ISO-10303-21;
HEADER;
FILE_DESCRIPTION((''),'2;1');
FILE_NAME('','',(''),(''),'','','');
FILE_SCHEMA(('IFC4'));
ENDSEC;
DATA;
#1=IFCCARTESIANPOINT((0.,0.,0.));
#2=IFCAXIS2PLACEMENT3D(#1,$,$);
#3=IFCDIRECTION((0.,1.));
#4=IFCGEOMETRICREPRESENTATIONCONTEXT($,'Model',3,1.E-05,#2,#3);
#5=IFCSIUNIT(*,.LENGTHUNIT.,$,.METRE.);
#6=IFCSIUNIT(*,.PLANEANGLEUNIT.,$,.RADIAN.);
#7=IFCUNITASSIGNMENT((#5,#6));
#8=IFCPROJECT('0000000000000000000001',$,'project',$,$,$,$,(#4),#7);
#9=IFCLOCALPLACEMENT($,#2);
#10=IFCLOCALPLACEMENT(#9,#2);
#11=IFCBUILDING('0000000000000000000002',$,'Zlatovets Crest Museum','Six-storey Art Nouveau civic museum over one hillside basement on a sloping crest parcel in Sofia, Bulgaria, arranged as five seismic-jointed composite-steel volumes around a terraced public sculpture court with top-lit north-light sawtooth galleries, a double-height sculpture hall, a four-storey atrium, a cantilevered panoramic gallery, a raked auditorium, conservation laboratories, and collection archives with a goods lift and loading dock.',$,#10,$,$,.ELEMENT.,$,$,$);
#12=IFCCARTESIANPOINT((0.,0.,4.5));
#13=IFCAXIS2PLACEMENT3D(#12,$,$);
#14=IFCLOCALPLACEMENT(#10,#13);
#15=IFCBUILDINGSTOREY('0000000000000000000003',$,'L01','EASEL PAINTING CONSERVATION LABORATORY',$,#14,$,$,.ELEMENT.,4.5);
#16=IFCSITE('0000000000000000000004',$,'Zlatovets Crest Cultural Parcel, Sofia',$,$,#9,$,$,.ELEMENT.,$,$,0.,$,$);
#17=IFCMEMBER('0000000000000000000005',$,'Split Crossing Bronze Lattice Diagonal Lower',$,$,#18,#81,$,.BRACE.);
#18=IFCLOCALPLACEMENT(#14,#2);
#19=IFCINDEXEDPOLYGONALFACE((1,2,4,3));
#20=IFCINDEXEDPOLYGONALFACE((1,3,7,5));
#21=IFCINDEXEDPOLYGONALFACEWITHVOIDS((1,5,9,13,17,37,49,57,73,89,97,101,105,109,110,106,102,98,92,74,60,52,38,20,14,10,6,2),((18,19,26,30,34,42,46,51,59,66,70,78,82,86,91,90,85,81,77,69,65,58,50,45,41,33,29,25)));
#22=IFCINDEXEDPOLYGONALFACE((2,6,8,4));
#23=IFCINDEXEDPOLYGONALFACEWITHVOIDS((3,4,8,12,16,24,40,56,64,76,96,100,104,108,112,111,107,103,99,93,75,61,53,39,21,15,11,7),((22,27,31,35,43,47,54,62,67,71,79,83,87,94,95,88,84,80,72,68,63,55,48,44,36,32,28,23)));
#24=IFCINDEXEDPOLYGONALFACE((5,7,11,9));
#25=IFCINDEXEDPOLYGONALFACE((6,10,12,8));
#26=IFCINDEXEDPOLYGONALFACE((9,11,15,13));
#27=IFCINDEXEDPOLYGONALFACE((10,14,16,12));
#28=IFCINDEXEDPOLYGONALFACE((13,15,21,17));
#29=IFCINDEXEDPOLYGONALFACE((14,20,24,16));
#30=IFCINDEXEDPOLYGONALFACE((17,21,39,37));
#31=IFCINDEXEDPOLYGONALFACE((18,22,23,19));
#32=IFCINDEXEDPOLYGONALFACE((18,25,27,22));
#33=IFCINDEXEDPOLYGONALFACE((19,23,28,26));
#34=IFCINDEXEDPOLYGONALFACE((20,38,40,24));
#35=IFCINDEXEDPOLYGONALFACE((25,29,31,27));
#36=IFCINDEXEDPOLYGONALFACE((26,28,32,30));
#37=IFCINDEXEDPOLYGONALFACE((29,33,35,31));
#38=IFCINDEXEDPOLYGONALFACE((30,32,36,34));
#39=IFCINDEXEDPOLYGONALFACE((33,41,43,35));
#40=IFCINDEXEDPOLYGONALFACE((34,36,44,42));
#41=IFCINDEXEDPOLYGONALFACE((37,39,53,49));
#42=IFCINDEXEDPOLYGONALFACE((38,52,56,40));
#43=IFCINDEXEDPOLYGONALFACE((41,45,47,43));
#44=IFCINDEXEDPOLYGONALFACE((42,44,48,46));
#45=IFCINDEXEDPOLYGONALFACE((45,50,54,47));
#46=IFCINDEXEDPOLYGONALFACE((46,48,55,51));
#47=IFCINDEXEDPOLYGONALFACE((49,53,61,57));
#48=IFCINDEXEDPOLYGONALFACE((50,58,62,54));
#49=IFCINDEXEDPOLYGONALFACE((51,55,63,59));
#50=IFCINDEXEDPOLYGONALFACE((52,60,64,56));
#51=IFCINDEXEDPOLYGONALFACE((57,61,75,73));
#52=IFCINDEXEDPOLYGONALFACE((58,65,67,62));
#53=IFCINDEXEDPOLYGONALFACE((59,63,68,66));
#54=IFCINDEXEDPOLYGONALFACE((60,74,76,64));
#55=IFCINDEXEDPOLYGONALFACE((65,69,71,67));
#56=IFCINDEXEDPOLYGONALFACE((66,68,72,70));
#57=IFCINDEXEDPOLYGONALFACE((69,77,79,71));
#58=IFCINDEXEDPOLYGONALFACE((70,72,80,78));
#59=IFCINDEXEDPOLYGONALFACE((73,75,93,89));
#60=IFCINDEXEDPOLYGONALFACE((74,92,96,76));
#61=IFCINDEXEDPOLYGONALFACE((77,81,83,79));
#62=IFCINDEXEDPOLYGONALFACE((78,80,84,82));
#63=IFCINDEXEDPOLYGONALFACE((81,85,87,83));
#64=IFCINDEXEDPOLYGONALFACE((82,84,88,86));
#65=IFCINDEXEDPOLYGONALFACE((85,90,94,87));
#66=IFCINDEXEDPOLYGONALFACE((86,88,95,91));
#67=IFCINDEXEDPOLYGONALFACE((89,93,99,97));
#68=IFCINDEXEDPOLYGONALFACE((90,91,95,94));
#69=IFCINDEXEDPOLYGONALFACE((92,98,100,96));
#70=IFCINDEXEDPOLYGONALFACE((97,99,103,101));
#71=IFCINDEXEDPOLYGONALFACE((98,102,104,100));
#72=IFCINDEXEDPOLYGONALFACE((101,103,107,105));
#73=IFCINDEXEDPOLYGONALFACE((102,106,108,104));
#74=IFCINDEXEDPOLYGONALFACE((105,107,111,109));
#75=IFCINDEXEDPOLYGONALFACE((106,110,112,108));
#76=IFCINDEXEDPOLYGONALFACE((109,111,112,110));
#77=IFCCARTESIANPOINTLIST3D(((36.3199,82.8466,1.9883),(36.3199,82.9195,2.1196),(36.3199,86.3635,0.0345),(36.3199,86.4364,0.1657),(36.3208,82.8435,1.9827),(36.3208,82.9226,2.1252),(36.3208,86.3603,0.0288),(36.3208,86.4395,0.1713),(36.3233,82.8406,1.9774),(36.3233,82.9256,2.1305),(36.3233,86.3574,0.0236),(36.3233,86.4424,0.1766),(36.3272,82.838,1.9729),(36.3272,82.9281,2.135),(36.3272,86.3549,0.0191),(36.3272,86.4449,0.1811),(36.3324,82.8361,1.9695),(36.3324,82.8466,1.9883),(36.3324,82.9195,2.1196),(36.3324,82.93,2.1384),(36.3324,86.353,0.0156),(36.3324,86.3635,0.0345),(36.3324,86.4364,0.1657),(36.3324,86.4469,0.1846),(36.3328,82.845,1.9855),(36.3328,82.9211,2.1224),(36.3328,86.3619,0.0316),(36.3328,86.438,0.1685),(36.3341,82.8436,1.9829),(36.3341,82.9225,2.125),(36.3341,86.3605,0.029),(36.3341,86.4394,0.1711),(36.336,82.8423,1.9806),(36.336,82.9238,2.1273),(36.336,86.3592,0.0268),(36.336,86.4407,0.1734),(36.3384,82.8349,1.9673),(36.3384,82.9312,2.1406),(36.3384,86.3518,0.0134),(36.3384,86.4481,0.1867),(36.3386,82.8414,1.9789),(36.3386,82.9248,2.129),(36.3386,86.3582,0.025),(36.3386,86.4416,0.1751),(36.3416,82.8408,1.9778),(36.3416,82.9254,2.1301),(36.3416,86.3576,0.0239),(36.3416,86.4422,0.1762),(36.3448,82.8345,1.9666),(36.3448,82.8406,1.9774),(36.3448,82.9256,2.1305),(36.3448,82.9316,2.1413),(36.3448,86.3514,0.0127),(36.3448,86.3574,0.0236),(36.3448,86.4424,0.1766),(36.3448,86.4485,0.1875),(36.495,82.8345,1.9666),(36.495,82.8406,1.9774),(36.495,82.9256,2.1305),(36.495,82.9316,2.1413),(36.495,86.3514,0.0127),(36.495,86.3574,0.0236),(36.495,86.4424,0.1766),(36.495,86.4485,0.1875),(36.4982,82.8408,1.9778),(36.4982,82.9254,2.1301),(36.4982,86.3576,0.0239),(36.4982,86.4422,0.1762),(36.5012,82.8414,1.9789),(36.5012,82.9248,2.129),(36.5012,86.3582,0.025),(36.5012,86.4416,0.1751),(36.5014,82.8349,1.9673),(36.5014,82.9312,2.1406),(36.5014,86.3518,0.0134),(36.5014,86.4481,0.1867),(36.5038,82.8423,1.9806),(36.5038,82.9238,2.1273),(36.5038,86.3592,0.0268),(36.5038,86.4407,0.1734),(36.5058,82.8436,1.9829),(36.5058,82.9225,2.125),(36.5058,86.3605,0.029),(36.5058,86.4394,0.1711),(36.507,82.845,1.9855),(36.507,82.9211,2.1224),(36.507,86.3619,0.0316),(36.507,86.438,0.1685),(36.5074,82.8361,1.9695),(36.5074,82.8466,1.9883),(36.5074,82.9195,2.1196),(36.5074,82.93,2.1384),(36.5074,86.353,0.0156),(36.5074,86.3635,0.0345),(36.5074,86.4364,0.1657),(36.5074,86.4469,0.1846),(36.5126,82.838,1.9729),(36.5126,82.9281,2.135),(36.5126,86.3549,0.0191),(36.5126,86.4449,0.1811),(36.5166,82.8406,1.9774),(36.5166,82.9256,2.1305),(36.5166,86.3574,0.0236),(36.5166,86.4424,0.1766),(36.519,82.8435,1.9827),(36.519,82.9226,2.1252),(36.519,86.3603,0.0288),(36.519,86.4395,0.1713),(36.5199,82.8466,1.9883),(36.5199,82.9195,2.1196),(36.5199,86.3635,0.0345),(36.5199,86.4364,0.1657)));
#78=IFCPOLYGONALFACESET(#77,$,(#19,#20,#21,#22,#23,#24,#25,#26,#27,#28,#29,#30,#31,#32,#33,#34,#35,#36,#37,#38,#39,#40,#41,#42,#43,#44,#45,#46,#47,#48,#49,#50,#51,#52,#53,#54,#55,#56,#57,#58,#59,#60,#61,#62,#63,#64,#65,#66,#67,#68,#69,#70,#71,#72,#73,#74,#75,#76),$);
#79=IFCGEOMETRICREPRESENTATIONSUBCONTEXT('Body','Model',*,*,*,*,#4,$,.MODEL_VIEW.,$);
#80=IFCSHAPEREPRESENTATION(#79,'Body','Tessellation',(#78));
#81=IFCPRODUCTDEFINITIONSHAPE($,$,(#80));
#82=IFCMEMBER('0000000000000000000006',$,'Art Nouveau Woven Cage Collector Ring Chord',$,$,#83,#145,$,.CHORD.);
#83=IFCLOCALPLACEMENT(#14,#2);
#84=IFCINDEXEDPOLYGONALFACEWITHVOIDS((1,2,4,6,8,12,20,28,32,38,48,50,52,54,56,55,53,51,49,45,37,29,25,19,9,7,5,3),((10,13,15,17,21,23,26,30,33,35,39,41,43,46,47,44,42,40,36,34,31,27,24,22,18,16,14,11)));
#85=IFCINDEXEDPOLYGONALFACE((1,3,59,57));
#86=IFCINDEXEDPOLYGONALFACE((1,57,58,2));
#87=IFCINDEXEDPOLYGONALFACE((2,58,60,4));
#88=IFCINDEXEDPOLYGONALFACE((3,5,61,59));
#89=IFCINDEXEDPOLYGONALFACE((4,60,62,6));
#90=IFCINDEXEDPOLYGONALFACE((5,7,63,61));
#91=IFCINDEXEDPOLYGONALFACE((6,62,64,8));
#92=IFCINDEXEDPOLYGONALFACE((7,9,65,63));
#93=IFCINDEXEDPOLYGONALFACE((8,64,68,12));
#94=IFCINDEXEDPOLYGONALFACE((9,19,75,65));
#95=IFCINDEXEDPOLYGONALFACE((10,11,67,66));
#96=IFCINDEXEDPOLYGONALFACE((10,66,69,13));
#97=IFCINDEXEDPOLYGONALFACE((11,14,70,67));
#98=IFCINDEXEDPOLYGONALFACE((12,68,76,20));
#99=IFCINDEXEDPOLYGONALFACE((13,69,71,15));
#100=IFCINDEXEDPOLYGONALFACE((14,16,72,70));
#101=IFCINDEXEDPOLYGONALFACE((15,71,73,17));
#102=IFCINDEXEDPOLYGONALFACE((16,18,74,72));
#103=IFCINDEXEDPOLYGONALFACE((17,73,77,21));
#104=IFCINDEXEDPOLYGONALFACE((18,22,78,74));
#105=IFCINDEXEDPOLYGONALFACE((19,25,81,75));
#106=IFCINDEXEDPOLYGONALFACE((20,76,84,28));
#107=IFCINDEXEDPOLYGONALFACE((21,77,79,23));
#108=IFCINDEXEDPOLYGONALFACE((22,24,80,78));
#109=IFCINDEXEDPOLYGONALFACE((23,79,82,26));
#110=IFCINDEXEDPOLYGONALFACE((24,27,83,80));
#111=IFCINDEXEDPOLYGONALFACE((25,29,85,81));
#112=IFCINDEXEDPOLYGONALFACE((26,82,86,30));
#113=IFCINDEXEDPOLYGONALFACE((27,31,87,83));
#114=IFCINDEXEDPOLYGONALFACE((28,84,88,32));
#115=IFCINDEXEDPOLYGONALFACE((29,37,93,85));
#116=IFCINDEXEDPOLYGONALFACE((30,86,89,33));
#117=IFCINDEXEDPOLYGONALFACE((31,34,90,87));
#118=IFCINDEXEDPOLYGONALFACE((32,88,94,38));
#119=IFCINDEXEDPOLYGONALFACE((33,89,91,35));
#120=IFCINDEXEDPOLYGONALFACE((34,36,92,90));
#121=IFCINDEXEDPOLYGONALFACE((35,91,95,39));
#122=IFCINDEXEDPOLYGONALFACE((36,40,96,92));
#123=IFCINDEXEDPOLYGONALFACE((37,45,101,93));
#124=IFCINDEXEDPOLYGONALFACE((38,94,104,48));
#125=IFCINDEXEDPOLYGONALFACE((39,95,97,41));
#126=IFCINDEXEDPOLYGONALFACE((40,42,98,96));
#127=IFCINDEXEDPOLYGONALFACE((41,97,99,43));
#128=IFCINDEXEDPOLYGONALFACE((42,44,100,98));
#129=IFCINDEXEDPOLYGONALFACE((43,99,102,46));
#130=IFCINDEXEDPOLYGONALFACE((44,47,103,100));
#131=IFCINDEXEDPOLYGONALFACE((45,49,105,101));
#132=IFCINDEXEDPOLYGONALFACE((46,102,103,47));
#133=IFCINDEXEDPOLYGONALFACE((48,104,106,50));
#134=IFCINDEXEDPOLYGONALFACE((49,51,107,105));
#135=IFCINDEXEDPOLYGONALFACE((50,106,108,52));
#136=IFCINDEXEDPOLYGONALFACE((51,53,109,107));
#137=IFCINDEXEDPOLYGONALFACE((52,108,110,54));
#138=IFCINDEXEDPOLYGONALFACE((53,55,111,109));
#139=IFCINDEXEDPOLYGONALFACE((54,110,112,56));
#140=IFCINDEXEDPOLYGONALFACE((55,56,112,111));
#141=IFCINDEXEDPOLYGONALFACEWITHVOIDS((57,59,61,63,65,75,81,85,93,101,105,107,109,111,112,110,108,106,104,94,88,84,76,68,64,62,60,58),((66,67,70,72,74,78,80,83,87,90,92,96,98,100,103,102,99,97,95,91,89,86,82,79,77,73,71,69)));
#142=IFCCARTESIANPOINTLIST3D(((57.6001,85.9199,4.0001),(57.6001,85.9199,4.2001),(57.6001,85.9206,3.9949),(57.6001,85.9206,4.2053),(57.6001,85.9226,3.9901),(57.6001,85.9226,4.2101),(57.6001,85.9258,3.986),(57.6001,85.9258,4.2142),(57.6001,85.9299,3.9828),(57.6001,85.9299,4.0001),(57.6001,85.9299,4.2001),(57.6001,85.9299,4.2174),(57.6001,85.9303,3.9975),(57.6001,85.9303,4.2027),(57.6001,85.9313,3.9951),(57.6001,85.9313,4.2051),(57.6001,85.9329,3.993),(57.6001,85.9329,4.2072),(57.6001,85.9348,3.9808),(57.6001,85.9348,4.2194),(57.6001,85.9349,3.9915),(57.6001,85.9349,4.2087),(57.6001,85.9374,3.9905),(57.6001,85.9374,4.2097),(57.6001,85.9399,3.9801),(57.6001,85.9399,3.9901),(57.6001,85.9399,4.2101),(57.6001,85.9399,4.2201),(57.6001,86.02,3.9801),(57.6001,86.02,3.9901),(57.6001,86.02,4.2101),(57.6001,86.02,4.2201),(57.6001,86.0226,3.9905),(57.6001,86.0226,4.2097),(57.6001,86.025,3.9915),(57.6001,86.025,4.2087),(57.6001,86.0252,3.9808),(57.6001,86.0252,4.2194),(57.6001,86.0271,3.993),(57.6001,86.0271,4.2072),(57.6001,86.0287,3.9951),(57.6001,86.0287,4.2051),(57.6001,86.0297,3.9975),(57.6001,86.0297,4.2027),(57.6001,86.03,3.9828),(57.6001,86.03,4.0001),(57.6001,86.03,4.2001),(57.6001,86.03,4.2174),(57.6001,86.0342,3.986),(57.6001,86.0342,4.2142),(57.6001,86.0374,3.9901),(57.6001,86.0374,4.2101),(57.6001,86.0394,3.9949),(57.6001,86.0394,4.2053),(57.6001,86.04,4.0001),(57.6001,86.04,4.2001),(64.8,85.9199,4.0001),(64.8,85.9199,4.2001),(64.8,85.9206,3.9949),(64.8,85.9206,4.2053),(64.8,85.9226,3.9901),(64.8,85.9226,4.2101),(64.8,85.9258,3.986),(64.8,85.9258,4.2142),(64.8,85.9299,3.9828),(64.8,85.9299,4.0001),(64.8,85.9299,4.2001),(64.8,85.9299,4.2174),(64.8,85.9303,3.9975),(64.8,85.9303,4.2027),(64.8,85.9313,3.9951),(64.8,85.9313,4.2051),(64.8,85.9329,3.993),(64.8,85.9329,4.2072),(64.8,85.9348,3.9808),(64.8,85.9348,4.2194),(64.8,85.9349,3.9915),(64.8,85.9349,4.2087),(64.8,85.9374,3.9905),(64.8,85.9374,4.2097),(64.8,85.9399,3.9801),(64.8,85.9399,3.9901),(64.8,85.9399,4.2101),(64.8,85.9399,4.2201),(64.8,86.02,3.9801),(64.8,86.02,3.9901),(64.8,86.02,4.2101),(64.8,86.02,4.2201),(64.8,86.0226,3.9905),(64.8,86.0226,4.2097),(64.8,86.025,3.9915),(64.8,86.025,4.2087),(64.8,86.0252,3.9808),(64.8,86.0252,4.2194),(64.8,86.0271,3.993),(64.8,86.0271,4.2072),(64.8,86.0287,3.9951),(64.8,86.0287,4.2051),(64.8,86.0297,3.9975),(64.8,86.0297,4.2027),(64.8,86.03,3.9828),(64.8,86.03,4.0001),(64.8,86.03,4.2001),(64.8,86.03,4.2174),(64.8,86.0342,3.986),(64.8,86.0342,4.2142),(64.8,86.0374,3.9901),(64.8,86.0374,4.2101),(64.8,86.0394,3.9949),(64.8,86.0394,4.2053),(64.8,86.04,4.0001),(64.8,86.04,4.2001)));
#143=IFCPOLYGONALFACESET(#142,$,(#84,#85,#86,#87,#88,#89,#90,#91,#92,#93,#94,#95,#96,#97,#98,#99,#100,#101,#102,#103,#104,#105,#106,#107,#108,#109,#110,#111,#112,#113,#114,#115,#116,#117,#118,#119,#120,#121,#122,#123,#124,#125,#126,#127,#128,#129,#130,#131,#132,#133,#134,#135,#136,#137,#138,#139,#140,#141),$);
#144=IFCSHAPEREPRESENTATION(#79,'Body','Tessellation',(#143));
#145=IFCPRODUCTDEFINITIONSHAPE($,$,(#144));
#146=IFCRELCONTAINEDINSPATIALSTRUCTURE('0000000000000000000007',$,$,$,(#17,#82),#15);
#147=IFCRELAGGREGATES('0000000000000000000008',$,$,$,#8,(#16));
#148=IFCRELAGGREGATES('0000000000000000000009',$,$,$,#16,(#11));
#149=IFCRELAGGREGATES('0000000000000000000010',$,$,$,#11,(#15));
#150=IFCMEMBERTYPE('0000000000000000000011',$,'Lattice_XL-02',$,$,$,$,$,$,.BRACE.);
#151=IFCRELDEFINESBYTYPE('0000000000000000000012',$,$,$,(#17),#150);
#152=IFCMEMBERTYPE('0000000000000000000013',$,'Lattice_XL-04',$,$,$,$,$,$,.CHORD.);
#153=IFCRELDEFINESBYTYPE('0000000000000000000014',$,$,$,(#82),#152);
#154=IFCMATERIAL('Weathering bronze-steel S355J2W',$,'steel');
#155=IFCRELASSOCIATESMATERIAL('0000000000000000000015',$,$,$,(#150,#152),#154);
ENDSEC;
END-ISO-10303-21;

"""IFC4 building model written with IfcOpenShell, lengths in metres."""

from ifc_helpers import new_model, si_unit, direction, frame, origin, origin_2d, place, context, subcontext, project, spatial, hollow_rectangle, extrude, material, material_profile, profile_set, type_object, element, save


model = new_model("IFC4")

# Units and contexts
model_context = context("Model", 3, precision=1e-05, world=origin(), true_north=direction((0.0, 1.0)))
body_context = subcontext(model_context, "Body", "Model", "MODEL_VIEW")
ifc_project = project(units=[si_unit("LENGTHUNIT", "METRE"), si_unit("PLANEANGLEUNIT", "RADIAN")], contexts=[model_context])

# Site, building, storey
site_placement = place(None, origin())
site = spatial("IfcSite", under=ifc_project, at=site_placement, Name="Zlatovets Crest Cultural Parcel, Sofia", CompositionType="ELEMENT", RefElevation=0.0)
building_placement = place(site_placement, origin())
building = spatial("IfcBuilding", under=site, at=building_placement, Name="Zlatovets Crest Museum", Description="Six-storey Art Nouveau civic museum over one hillside basement on a sloping crest parcel in Sofia, Bulgaria, arranged as five seismic-jointed composite-steel volumes around a terraced public sculpture court with top-lit north-light sawtooth galleries, a double-height sculpture hall, a four-storey atrium, a cantilevered panoramic gallery, a raked auditorium, conservation laboratories, and collection archives with a goods lift and loading dock.", CompositionType="ELEMENT")
storey_placement = place(building_placement, frame((0.0, 0.0, 4.5)))
storey = spatial("IfcBuildingStorey", under=building, at=storey_placement, Name="L01", Description="EASEL PAINTING CONSERVATION LABORATORY", CompositionType="ELEMENT", Elevation=4.5)

# Members
ifc_material_1 = material(Name="Weathering bronze-steel S355J2W", Category="steel")
ifc_material_profile_1 = material_profile(ifc_material_1, hollow_rectangle(XDim=0.2, YDim=0.2, WallThickness=0.0125, InnerFilletRadius=0.0125, OuterFilletRadius=0.0249, at=origin_2d()), Name="SHS 200x200x12.5")
ifc_profile_set_1 = profile_set([ifc_material_profile_1], Name="Weathering bronze-steel S355J2W")
member_type_1 = type_object("IfcMemberType", Name="Lattice_XL-02", PredefinedType="BRACE", material=ifc_profile_set_1)
member_1_placement = place(storey_placement, frame((36.4199, 82.8831, 2.054), z_axis=(0.0, 0.874152, -0.485653), x_axis=(-1.0, 0.0, 0.0)))
element("IfcMember", 1, at=member_1_placement, inside=storey, type_object=member_type_1, Name="Split Crossing Bronze Lattice Diagonal Lower", PredefinedType="BRACE", context=body_context, shape_type="SweptSolid", body=[
    extrude(hollow_rectangle(XDim=0.2, YDim=0.2, WallThickness=0.0125, InnerFilletRadius=0.0125, OuterFilletRadius=0.0249, at=origin_2d()), origin(), (0.0, 0.0, 1.0), 4.0232),
])
ifc_material_profile_2 = material_profile(ifc_material_1, hollow_rectangle(XDim=0.1201, YDim=0.24, WallThickness=0.01, InnerFilletRadius=0.01, OuterFilletRadius=0.02, at=origin_2d()), Name="RHS 120x240x10.0")
ifc_profile_set_2 = profile_set([ifc_material_profile_2], Name="Weathering bronze-steel S355J2W")
member_type_2 = type_object("IfcMemberType", Name="Lattice_XL-04", PredefinedType="CHORD", material=ifc_profile_set_2)
for number, where, z_axis, x_axis, name in (
    (2, (57.6001, 85.98, 4.1001), (1.0, 0.0, 0.0), (0.0, 1.0, 0.0), "Art Nouveau Woven Cage Collector Ring Chord"),
):
    element("IfcMember", number, at=place(storey_placement, frame(where, z_axis=z_axis, x_axis=x_axis)), inside=storey, type_object=member_type_2, Name=name, PredefinedType="CHORD", context=body_context, shape_type="SweptSolid", body=[
        extrude(hollow_rectangle(XDim=0.1201, YDim=0.24, WallThickness=0.01, InnerFilletRadius=0.01, OuterFilletRadius=0.02, at=origin_2d()), origin(), (0.0, 0.0, 1.0), 7.2),
    ])

save(model, "model.ifc")
